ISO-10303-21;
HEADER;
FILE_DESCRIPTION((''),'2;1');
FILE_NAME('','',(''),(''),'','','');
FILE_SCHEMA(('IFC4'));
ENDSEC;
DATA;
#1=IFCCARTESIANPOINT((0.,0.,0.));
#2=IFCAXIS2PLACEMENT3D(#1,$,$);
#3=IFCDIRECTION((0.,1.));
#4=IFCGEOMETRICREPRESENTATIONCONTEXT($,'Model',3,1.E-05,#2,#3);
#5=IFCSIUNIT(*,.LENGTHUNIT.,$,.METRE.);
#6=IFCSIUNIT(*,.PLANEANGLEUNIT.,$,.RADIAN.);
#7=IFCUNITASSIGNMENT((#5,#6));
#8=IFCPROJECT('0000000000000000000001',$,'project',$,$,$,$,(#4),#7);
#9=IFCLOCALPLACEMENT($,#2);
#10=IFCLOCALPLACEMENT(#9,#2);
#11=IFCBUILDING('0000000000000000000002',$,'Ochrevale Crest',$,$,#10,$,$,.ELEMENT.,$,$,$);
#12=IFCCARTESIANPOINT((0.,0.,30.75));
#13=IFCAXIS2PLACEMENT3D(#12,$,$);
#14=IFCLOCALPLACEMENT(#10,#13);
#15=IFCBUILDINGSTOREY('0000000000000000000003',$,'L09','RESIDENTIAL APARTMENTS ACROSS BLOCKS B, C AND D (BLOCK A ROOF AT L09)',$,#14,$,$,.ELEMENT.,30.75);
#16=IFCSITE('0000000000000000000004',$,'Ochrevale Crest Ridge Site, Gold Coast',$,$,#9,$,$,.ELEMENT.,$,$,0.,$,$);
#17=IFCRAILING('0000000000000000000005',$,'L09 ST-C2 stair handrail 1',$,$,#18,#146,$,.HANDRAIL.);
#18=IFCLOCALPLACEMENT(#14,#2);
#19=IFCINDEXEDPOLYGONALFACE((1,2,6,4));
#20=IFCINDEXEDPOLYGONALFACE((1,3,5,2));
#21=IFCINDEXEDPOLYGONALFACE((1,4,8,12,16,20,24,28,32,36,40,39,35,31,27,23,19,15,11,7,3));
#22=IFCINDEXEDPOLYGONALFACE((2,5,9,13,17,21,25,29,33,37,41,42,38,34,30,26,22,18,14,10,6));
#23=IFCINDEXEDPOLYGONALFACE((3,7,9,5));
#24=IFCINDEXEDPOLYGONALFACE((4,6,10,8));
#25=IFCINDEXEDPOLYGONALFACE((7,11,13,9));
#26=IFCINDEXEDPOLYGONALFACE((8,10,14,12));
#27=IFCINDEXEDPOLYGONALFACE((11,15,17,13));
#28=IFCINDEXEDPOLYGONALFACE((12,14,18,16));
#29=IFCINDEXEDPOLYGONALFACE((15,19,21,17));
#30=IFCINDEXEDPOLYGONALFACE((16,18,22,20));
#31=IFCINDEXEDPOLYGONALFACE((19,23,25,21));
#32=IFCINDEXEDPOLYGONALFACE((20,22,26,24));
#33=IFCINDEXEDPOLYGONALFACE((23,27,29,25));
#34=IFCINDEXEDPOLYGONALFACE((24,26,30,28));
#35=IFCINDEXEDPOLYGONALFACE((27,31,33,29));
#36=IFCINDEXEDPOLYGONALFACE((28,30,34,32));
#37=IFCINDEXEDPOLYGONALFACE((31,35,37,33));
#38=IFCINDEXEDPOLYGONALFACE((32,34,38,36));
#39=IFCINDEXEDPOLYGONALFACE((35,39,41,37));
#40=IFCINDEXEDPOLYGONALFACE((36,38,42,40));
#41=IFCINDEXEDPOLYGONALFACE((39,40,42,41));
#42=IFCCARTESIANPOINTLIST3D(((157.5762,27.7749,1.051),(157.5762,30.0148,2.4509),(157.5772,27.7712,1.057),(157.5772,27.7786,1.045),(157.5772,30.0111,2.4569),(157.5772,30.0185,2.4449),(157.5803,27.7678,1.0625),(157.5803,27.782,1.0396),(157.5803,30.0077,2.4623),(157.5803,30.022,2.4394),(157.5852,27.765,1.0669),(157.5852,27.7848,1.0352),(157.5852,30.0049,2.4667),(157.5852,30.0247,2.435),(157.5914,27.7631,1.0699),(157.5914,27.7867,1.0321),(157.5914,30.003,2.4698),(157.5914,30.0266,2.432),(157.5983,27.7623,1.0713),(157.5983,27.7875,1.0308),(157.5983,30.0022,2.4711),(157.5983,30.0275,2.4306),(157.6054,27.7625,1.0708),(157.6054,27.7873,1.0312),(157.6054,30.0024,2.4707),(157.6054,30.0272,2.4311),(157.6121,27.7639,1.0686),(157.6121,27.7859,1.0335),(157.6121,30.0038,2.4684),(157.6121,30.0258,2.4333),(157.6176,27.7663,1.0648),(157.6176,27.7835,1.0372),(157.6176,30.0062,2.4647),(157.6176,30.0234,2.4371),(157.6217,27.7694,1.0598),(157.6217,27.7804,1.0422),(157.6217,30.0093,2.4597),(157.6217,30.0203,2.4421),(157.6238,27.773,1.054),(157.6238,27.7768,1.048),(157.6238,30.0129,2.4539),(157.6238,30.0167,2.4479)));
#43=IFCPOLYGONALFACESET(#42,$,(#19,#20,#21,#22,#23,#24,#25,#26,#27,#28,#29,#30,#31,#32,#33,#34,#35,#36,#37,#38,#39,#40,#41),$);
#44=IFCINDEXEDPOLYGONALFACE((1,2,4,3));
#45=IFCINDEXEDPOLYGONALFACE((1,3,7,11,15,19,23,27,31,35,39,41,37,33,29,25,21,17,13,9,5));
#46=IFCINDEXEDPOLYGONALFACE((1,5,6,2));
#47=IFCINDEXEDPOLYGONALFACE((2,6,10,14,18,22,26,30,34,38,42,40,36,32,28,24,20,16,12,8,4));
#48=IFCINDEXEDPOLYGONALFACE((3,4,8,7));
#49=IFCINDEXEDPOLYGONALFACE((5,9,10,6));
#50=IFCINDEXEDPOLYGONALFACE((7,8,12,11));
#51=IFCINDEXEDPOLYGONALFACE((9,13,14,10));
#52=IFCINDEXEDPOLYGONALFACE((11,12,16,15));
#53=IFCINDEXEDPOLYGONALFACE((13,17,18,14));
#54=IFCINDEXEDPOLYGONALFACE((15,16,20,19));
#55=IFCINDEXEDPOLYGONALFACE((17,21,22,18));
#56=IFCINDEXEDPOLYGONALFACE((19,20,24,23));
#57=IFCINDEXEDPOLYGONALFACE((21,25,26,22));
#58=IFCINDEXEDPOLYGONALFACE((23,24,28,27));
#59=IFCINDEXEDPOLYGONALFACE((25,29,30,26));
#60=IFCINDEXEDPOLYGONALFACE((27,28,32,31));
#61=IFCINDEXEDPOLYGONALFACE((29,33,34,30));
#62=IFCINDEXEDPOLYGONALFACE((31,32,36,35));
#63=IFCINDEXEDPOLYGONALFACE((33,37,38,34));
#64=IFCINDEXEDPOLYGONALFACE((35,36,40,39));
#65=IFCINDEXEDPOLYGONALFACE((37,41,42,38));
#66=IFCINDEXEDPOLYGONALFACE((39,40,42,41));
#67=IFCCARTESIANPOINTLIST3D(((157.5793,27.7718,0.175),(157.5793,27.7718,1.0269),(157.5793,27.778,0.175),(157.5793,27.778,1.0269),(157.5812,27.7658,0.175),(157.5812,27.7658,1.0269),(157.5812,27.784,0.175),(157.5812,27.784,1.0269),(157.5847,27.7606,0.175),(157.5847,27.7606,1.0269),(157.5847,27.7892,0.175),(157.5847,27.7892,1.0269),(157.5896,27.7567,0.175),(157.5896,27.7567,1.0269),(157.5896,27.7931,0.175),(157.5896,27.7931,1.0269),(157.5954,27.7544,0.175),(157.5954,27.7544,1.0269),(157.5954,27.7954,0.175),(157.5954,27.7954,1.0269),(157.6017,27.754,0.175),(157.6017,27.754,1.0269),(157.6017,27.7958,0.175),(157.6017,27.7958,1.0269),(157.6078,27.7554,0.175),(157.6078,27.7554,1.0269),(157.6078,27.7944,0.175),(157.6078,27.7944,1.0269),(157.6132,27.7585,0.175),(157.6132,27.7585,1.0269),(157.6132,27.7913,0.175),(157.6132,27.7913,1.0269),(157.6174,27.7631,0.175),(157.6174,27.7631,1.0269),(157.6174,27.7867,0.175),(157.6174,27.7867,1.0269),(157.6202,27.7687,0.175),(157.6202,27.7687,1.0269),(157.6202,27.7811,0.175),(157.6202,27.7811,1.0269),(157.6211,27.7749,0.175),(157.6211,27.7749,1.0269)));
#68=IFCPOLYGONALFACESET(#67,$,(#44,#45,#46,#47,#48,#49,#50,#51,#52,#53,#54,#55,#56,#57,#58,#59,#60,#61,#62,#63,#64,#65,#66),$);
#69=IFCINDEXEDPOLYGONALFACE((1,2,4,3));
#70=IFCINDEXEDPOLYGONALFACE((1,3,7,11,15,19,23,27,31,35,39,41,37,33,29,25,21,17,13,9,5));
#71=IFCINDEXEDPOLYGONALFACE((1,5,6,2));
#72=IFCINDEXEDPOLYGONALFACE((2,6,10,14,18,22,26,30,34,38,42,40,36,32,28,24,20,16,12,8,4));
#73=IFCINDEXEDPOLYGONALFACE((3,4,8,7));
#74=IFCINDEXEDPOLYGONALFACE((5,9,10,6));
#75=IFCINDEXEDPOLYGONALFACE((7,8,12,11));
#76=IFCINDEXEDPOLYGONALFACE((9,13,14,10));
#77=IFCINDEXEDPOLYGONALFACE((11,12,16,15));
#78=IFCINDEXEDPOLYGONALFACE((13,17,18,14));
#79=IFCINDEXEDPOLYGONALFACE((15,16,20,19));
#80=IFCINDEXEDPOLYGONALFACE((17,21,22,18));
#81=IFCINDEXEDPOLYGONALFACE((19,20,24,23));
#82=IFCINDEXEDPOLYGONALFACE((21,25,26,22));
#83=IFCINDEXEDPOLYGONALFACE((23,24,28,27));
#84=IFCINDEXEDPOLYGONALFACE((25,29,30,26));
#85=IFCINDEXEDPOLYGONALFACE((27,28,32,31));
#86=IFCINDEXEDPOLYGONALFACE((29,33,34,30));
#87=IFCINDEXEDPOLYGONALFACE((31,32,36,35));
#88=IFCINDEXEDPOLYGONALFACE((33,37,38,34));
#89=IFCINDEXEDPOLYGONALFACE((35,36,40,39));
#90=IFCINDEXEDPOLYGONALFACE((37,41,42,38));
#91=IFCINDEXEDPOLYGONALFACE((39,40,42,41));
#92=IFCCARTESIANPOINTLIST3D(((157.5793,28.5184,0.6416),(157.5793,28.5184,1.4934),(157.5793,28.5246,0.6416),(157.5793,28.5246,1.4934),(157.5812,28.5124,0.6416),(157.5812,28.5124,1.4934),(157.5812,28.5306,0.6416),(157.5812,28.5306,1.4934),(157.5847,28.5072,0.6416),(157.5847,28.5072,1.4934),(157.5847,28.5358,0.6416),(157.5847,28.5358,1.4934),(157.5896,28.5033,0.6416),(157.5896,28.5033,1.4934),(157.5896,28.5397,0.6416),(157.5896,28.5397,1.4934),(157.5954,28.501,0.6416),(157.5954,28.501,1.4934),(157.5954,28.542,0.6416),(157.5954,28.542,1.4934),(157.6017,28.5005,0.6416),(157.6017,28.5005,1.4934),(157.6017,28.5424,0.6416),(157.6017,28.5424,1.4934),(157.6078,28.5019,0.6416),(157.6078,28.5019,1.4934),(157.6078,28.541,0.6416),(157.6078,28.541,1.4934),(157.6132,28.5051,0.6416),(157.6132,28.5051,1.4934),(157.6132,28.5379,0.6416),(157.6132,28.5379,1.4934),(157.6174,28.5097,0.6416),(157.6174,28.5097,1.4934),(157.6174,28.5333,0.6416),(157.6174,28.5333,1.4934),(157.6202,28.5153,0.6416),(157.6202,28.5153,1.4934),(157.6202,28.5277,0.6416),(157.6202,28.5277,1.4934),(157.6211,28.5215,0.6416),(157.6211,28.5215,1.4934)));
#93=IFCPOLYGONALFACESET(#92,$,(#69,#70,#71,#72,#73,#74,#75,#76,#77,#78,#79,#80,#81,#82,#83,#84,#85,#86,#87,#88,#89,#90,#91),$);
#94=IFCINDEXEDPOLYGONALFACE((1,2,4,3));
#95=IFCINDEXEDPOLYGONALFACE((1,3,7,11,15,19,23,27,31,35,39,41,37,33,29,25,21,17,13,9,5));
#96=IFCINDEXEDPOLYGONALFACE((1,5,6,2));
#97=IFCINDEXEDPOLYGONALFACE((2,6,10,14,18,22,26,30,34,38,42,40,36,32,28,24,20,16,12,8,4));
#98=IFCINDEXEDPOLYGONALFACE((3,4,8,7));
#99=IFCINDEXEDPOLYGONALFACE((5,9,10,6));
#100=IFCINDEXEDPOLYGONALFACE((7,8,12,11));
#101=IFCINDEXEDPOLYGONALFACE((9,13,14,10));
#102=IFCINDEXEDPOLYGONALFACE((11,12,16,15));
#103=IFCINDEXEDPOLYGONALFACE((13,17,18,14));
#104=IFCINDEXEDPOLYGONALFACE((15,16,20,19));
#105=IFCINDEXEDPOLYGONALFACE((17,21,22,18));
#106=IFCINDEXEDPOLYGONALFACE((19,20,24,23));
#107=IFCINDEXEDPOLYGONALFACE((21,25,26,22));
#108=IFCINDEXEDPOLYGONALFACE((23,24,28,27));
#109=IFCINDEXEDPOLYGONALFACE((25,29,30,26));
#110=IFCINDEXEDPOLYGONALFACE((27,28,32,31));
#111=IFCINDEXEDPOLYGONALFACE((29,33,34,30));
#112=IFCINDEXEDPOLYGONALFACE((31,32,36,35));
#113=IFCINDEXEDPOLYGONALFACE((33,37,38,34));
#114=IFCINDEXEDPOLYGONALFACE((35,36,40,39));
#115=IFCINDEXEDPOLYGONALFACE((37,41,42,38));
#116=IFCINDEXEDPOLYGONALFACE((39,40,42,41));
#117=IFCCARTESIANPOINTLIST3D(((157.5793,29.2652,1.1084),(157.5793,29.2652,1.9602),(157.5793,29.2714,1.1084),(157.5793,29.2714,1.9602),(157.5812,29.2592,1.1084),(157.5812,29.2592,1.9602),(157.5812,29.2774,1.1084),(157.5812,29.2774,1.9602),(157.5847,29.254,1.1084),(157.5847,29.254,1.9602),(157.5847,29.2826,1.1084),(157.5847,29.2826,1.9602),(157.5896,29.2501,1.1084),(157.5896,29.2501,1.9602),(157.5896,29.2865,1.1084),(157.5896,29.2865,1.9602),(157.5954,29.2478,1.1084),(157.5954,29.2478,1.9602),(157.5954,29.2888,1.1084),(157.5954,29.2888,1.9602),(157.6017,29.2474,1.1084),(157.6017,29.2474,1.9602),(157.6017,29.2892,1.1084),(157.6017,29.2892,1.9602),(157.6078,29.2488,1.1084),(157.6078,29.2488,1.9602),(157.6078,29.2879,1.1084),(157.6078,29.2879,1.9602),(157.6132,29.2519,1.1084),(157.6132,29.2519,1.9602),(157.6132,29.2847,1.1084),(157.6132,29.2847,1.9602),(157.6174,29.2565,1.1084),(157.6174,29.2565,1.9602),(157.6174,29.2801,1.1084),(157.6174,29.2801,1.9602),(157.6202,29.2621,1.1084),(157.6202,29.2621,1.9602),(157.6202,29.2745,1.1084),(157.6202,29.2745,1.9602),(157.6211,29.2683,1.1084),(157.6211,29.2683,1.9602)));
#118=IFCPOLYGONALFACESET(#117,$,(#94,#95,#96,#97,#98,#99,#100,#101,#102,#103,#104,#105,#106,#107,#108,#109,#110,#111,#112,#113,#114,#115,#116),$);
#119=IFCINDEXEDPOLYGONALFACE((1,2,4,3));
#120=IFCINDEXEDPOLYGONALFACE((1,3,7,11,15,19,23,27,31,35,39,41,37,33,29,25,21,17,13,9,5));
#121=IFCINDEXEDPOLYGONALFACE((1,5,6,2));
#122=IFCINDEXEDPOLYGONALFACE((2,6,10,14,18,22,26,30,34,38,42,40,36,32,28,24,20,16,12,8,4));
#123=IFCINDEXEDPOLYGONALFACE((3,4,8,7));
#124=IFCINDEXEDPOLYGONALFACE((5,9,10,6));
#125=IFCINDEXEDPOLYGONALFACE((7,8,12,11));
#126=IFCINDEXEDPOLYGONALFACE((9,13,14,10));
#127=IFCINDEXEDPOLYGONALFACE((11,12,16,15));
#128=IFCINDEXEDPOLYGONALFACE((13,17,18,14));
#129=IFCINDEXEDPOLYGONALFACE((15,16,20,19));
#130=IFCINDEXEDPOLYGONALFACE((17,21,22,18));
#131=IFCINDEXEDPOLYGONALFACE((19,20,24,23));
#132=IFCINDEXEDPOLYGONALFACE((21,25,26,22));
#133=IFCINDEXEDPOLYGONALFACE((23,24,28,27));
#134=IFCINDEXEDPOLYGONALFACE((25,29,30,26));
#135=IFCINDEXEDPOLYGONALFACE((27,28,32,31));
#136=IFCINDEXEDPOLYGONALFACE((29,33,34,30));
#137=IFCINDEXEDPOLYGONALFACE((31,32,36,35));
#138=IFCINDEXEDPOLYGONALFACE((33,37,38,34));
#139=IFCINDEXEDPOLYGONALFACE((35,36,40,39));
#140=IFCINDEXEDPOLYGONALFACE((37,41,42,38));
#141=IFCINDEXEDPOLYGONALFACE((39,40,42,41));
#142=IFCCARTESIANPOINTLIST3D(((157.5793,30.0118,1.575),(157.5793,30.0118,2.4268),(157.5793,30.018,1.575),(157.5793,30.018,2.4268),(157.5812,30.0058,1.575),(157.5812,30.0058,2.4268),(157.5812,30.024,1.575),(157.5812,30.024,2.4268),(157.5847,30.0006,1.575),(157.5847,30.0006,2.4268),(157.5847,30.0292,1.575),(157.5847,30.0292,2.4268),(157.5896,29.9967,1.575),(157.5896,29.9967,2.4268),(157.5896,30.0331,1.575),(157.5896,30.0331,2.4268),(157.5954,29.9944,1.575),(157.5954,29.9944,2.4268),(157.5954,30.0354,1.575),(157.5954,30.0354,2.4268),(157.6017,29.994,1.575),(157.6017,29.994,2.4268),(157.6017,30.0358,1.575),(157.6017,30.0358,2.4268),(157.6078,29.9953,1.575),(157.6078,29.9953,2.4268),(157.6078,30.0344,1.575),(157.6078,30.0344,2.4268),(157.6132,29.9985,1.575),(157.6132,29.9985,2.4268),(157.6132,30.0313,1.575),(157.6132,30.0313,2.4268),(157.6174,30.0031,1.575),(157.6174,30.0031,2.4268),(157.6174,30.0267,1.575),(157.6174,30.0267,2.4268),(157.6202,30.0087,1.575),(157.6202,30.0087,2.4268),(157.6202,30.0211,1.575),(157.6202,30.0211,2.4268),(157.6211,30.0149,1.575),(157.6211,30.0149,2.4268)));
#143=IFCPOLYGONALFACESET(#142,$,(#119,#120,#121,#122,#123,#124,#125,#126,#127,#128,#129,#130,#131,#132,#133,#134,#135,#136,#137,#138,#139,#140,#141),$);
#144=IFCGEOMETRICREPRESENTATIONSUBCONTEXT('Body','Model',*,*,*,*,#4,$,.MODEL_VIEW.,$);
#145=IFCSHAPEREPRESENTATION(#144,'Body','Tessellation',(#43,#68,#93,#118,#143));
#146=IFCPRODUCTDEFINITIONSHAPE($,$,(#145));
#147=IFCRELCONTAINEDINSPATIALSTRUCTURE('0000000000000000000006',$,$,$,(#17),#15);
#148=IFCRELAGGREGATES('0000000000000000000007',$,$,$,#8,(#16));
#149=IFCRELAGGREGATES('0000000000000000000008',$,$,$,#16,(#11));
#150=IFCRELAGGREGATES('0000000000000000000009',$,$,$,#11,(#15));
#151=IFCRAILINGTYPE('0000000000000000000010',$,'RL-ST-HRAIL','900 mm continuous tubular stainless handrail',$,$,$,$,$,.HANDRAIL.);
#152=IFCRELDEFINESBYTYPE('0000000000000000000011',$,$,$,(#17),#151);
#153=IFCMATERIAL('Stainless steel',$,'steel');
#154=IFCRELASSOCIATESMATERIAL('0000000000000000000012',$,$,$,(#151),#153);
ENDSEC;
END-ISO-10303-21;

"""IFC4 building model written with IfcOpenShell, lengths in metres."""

from ifc_helpers import new_model, si_unit, direction, frame, origin, origin_2d, place, context, subcontext, project, spatial, circle, extrude, material, type_object, element, save


model = new_model("IFC4")

# Units and contexts
model_context = context("Model", 3, precision=1e-05, world=origin(), true_north=direction((0.0, 1.0)))
body_context = subcontext(model_context, "Body", "Model", "MODEL_VIEW")
ifc_project = project(units=[si_unit("LENGTHUNIT", "METRE"), si_unit("PLANEANGLEUNIT", "RADIAN")], contexts=[model_context])

# Site, building, storey
site_placement = place(None, origin())
site = spatial("IfcSite", under=ifc_project, at=site_placement, Name="Ochrevale Crest Ridge Site, Gold Coast", CompositionType="ELEMENT", RefElevation=0.0)
building_placement = place(site_placement, origin())
building = spatial("IfcBuilding", under=site, at=building_placement, Name="Ochrevale Crest", CompositionType="ELEMENT")
storey_placement = place(building_placement, frame((0.0, 0.0, 30.75)))
storey = spatial("IfcBuildingStorey", under=building, at=storey_placement, Name="L09", Description="RESIDENTIAL APARTMENTS ACROSS BLOCKS B, C AND D (BLOCK A ROOF AT L09)", CompositionType="ELEMENT", Elevation=30.75)

# Railing
ifc_material_1 = material(Name="Stainless steel", Category="steel")
railing_type_1 = type_object("IfcRailingType", Name="RL-ST-HRAIL", Description="900 mm continuous tubular stainless handrail", PredefinedType="HANDRAIL", material=ifc_material_1)
railing_1_placement = place(storey_placement, frame((157.6001, 27.7749, 0.175)))
element("IfcRailing", 1, at=railing_1_placement, inside=storey, type_object=railing_type_1, Name="L09 ST-C2 stair handrail 1", PredefinedType="HANDRAIL", context=body_context, shape_type="SweptSolid", body=[
    extrude(circle(Radius=0.0239, at=origin_2d()), frame((0.0, 0.0, 0.876), z_axis=(0.0, 0.848014, 0.529974), x_axis=(-1.0, 0.0, 0.0)), (0.0, 0.0, 1.0), 2.6414),
    extrude(circle(Radius=0.021, at=origin_2d()), origin(), (0.0, 0.0, 1.0), 0.8518),
    extrude(circle(Radius=0.021, at=origin_2d()), frame((0.0, 0.7466, 0.4666)), (0.0, 0.0, 1.0), 0.8518),
    extrude(circle(Radius=0.021, at=origin_2d()), frame((0.0, 1.4934, 0.9333)), (0.0, 0.0, 1.0), 0.8518),
    extrude(circle(Radius=0.021, at=origin_2d()), frame((0.0, 2.24, 1.3999)), (0.0, 0.0, 1.0), 0.8518),
])

save(model, "model.ifc")
